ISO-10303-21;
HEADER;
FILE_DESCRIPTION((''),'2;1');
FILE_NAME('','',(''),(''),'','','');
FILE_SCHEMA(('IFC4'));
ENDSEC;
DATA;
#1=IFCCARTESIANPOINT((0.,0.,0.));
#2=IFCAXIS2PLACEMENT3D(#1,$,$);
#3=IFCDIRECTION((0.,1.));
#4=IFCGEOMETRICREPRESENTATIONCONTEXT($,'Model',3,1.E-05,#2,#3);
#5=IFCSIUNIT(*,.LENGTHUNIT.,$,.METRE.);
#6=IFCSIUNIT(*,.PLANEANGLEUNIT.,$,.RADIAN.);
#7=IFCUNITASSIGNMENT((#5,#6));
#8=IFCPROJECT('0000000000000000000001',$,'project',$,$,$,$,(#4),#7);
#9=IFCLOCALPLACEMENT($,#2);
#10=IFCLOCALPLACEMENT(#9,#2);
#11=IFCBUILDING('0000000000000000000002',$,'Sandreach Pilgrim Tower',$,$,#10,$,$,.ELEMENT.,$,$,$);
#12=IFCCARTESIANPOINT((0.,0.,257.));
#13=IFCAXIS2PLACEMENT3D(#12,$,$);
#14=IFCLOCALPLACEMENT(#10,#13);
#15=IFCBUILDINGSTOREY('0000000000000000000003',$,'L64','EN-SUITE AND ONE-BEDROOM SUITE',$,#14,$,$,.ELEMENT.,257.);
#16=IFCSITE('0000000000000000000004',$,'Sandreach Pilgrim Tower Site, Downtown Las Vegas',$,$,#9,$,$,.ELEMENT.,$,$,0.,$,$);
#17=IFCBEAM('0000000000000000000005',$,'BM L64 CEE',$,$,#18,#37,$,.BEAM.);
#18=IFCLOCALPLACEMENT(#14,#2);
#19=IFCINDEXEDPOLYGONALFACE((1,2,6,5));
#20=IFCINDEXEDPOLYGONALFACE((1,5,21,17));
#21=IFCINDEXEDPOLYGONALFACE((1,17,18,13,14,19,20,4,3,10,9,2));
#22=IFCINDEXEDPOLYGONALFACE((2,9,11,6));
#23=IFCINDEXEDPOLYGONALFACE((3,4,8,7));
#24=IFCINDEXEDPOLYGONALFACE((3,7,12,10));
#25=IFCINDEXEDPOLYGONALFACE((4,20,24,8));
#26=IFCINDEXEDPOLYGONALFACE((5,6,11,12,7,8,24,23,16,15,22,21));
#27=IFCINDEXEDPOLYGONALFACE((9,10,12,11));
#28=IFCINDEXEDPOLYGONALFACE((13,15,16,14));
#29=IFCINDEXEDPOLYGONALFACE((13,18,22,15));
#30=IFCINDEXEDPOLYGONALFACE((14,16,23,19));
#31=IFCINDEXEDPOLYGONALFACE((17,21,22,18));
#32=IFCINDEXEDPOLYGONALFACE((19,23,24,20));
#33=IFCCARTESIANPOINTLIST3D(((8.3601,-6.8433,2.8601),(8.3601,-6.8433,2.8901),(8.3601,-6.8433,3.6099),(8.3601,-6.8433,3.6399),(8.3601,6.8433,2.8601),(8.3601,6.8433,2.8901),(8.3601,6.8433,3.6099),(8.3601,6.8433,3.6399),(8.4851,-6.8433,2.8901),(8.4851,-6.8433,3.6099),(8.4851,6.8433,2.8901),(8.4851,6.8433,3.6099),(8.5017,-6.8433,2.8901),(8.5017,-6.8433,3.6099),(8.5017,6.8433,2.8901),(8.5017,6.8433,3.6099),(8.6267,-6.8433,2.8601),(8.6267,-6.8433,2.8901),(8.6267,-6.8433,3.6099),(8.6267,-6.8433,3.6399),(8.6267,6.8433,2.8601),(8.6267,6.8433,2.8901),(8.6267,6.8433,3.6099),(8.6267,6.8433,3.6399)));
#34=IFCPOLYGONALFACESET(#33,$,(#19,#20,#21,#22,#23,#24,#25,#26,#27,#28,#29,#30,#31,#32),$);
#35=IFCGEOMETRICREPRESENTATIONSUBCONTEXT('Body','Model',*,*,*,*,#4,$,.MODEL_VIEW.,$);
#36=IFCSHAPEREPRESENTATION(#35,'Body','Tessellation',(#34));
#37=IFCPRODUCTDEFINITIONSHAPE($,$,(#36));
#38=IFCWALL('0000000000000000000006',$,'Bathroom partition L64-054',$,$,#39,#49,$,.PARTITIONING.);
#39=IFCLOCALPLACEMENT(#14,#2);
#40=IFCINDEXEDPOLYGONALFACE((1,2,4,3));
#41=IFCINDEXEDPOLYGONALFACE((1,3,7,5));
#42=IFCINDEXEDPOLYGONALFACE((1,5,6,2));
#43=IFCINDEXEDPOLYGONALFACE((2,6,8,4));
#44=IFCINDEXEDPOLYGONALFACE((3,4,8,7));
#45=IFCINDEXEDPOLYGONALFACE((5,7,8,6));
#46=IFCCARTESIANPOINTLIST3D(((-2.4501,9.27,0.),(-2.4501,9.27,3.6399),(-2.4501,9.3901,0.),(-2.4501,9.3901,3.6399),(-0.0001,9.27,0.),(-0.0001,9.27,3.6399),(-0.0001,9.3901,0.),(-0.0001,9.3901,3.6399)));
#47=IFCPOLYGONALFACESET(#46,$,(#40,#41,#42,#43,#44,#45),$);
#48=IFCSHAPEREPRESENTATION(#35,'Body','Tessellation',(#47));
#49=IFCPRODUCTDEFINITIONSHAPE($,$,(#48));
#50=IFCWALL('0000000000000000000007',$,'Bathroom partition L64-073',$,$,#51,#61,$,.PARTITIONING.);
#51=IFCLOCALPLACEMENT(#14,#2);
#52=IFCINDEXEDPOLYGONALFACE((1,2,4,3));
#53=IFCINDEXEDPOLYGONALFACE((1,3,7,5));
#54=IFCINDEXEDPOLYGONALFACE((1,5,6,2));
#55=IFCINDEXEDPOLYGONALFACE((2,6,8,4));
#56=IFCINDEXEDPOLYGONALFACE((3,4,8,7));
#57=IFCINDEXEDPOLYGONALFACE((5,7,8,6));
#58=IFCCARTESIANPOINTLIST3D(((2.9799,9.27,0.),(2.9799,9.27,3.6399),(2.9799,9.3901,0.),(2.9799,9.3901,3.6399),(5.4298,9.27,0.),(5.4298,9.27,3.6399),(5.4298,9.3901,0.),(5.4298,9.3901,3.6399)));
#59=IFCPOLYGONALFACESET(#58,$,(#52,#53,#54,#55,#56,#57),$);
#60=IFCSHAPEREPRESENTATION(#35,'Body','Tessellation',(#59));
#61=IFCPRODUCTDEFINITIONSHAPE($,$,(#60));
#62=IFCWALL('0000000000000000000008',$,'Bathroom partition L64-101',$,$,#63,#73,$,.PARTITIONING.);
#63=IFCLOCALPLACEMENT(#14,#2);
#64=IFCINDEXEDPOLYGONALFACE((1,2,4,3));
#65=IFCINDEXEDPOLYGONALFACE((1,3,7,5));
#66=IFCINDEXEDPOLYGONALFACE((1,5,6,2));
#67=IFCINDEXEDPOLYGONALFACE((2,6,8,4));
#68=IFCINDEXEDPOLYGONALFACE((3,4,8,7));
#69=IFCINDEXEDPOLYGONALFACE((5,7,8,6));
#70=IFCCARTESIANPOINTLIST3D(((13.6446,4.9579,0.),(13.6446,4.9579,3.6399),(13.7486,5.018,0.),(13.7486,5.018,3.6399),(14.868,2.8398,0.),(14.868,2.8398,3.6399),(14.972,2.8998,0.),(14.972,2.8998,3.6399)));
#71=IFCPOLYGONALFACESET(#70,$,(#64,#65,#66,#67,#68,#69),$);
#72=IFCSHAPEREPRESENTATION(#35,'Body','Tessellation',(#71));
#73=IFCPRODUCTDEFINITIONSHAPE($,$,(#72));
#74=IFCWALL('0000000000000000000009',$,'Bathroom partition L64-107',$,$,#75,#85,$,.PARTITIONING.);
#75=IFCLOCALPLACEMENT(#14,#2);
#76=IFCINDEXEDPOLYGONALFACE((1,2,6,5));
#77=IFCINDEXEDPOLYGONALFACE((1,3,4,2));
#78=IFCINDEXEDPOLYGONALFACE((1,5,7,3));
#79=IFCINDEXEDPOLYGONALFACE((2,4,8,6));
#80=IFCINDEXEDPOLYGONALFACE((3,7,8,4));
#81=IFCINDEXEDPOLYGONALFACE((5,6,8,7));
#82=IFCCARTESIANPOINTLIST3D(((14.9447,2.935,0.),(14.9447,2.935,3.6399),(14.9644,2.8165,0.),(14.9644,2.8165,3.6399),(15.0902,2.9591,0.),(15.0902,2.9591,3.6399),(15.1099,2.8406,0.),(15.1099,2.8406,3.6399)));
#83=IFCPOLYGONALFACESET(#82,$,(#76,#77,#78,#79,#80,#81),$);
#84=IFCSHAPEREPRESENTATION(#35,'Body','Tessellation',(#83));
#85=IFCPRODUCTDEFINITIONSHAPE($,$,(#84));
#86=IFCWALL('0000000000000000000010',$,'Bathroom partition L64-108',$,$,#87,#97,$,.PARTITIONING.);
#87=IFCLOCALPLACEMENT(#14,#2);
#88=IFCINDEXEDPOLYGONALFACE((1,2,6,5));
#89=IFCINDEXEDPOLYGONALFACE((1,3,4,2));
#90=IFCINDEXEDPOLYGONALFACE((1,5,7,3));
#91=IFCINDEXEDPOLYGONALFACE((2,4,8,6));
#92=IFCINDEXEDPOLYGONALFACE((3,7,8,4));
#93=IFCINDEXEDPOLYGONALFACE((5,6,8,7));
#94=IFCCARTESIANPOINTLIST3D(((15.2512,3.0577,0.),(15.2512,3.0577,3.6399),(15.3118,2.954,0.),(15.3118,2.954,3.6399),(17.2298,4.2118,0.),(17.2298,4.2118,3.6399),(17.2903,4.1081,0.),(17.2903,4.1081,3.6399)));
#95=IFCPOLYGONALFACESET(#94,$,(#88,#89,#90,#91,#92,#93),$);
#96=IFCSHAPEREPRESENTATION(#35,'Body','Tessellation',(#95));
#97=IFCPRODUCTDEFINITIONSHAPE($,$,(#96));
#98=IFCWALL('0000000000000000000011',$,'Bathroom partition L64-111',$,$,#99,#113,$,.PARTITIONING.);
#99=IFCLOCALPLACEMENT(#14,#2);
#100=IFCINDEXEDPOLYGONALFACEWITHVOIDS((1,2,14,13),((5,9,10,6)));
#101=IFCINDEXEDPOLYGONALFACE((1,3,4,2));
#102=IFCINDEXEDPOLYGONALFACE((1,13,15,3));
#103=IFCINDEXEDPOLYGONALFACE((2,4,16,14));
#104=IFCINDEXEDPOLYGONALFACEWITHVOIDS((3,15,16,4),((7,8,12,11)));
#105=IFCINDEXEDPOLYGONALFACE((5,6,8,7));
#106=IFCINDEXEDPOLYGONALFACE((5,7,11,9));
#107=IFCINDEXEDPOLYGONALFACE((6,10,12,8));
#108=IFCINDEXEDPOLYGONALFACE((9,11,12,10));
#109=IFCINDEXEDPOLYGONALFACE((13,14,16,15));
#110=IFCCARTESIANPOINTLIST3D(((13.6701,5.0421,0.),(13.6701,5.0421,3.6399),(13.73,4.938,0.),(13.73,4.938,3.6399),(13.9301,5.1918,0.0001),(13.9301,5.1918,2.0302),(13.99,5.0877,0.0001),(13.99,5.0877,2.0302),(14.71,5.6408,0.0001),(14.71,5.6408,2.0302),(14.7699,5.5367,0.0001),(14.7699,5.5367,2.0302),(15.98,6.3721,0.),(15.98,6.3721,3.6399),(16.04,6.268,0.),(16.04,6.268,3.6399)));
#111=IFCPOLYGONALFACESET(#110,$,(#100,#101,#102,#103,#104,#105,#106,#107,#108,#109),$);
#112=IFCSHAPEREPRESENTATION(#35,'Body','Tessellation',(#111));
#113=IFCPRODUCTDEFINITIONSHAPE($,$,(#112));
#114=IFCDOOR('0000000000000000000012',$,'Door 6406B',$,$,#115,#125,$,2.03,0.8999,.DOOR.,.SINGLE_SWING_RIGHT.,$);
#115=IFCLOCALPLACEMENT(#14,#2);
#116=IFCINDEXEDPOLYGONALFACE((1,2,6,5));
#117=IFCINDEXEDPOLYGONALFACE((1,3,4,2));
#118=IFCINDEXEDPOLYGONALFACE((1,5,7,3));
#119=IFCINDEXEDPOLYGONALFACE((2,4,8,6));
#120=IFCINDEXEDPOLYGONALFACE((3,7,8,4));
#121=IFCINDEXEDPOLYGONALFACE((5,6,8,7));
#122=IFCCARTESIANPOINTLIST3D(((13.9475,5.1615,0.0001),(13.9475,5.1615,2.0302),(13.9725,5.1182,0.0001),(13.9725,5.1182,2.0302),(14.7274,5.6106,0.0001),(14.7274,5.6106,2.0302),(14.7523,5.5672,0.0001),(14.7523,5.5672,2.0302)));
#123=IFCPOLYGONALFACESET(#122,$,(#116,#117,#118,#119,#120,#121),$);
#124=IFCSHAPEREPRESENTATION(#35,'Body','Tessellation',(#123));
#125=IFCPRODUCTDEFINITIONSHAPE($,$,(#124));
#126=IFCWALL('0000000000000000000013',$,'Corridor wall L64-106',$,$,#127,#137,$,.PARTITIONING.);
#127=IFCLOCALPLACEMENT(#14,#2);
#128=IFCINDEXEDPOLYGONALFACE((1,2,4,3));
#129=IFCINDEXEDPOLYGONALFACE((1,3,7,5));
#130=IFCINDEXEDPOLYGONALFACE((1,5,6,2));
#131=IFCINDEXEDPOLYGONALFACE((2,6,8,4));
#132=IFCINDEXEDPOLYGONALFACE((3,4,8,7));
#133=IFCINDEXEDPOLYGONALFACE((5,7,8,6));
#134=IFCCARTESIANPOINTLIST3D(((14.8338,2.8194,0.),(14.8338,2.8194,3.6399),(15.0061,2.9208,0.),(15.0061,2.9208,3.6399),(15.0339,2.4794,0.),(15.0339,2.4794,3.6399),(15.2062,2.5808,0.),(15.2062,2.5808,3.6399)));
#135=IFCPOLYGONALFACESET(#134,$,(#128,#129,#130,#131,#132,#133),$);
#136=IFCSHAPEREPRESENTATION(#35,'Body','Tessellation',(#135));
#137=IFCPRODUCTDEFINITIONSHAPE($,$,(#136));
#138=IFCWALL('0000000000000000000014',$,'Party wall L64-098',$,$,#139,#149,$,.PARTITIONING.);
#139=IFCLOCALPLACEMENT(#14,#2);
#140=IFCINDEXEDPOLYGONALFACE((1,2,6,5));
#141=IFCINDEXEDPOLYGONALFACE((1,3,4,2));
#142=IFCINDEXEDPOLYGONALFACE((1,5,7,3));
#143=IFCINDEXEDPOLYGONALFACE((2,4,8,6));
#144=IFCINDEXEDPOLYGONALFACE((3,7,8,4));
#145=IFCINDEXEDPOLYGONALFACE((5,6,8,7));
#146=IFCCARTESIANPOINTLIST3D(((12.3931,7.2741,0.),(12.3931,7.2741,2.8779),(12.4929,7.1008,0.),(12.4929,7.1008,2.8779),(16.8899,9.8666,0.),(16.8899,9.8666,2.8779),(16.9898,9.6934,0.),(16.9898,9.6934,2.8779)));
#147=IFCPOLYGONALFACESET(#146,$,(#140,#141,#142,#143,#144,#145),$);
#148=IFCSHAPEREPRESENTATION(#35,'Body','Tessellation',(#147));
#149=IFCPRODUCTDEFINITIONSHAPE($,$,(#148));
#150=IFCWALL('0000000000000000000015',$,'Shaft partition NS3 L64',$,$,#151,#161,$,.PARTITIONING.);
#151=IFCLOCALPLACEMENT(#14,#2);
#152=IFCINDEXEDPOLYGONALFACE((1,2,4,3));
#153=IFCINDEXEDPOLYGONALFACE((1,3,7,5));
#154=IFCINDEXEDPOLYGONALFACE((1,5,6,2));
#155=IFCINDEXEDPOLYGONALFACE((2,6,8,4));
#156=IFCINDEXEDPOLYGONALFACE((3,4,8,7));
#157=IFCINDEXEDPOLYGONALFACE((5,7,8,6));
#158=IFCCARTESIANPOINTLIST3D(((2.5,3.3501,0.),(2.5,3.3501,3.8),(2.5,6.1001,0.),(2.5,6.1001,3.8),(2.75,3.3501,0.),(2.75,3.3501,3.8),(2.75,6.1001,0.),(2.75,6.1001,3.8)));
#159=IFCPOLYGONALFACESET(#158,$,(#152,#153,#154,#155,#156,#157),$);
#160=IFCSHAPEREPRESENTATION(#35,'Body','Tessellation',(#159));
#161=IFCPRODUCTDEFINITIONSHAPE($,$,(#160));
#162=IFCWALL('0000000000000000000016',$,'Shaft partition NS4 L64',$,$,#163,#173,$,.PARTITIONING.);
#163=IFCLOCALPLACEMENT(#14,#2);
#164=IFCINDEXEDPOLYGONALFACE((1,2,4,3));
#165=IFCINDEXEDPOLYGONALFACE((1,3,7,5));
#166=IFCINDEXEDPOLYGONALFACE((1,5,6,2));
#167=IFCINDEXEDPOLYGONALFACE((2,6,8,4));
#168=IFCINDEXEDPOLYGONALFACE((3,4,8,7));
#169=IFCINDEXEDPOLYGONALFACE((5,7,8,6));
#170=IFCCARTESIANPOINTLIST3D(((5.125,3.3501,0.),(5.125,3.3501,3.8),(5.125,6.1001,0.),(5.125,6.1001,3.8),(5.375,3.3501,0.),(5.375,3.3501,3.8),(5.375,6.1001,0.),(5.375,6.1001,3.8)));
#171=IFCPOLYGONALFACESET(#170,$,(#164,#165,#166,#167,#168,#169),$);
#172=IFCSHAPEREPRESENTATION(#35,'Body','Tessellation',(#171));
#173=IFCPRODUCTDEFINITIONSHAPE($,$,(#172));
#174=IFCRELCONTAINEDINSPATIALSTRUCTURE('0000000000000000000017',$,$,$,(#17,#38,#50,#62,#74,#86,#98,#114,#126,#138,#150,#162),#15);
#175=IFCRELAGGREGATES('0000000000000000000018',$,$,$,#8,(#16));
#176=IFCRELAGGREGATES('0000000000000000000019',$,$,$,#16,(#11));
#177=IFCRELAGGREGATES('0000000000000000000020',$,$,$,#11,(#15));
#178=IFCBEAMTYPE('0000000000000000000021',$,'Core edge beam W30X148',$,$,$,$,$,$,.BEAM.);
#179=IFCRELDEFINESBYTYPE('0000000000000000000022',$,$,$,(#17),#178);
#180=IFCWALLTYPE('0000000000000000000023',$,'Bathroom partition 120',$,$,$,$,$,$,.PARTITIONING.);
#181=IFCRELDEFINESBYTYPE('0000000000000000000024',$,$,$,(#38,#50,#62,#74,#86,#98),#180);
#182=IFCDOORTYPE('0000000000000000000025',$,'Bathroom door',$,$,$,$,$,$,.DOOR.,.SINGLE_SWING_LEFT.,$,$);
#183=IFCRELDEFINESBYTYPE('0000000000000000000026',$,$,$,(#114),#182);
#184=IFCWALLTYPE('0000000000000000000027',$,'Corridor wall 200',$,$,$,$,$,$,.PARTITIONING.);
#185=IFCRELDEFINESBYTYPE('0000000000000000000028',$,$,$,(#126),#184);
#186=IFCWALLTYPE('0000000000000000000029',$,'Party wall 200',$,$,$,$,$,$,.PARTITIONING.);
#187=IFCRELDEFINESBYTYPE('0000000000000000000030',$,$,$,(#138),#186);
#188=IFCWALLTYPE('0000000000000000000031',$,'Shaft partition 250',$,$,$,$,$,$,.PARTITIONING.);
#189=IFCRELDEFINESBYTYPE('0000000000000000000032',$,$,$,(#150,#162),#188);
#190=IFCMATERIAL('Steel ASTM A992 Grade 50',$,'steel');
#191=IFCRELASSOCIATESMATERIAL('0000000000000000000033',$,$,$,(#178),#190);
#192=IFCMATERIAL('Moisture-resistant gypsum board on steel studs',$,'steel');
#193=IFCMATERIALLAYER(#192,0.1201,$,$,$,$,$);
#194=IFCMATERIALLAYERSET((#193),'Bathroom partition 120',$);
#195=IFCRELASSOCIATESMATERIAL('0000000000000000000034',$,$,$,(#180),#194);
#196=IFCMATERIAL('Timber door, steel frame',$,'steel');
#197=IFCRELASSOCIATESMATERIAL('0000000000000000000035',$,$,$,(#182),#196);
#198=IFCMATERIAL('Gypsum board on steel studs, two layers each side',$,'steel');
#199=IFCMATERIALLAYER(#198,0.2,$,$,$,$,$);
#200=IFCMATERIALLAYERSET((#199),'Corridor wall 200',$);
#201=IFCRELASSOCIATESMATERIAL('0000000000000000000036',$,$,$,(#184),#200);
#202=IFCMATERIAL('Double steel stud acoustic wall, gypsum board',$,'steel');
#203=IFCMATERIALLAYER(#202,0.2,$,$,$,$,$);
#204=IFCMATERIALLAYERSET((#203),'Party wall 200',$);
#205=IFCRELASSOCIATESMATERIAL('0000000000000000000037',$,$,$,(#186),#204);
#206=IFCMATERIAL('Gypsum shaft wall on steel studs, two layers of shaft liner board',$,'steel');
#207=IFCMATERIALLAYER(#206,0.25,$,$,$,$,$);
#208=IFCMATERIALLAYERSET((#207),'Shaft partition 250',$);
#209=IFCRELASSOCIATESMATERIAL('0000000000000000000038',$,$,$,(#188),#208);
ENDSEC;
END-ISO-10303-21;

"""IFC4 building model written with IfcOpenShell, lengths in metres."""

from ifc_helpers import new_model, si_unit, direction, frame, frame_2d, origin, origin_2d, place, context, subcontext, project, spatial, rectangle, i_section, extrude, material, layer, layer_set, material_profile, profile_set, type_object, element, fill, save


model = new_model("IFC4")

# Units and contexts
model_context = context("Model", 3, precision=1e-05, world=origin(), true_north=direction((0.0, 1.0)))
body_context = subcontext(model_context, "Body", "Model", "MODEL_VIEW")
ifc_project = project(units=[si_unit("LENGTHUNIT", "METRE"), si_unit("PLANEANGLEUNIT", "RADIAN")], contexts=[model_context])

# Site, building, storey
site_placement = place(None, origin())
site = spatial("IfcSite", under=ifc_project, at=site_placement, Name="Sandreach Pilgrim Tower Site, Downtown Las Vegas", CompositionType="ELEMENT", RefElevation=0.0)
building_placement = place(site_placement, origin())
building = spatial("IfcBuilding", under=site, at=building_placement, Name="Sandreach Pilgrim Tower", CompositionType="ELEMENT")
storey_placement = place(building_placement, frame((0.0, 0.0, 257.0)))
storey = spatial("IfcBuildingStorey", under=building, at=storey_placement, Name="L64", Description="EN-SUITE AND ONE-BEDROOM SUITE", CompositionType="ELEMENT", Elevation=257.0)

# Beam
ifc_material_1 = material(Name="Steel ASTM A992 Grade 50", Category="steel")
ifc_material_profile = material_profile(ifc_material_1, i_section(OverallWidth=0.2666, OverallDepth=0.7798, WebThickness=0.0166, FlangeThickness=0.03, at=origin_2d()), Name="W30X148")
ifc_profile_set = profile_set([ifc_material_profile], Name="Steel ASTM A992 Grade 50")
beam_type = type_object("IfcBeamType", Name="Core edge beam W30X148", PredefinedType="BEAM", material=ifc_profile_set)
beam_placement = place(storey_placement, frame((8.4934, 6.8433, 3.25), z_axis=(0.0, -1.0, 0.0), x_axis=(1.0, 0.0, 0.0)))
element("IfcBeam", 1, at=beam_placement, inside=storey, type_object=beam_type, Name="BM L64 CEE", PredefinedType="BEAM", context=body_context, shape_type="SweptSolid", body=[
    extrude(i_section(OverallWidth=0.2666, OverallDepth=0.7798, WebThickness=0.0166, FlangeThickness=0.03, at=origin_2d()), origin(), (0.0, 0.0, 1.0), 13.6865),
])

# Walls
ifc_material_2 = material(Name="Moisture-resistant gypsum board on steel studs", Category="steel")
ifc_layer_1 = layer(ifc_material_2, 0.1201)
ifc_layer_set_1 = layer_set([ifc_layer_1], Name="Bathroom partition 120")
wall_type_1 = type_object("IfcWallType", Name="Bathroom partition 120", PredefinedType="PARTITIONING", material=ifc_layer_set_1)
for number, where, z_axis, x_axis, name in (
    (2, (0.0, 9.3301, 0.0), (0.0, 0.0, 1.0), (-1.0, 0.0, 0.0), "Bathroom partition L64-054"),
    (3, (5.4299, 9.3301, 0.0), (0.0, 0.0, 1.0), (-1.0, 0.0, 0.0), "Bathroom partition L64-073"),
):
    element("IfcWall", number, at=place(storey_placement, frame(where, z_axis=z_axis, x_axis=x_axis)), inside=storey, type_object=wall_type_1, Name=name, PredefinedType="PARTITIONING", context=body_context, shape_type="SweptSolid", body=[
        extrude(rectangle(XDim=2.45, YDim=0.1201, at=frame_2d((1.2251, 0.0))), origin(), (0.0, 0.0, 1.0), 3.6399),
    ])
wall_1_placement = place(storey_placement, frame((13.6965, 4.988, 0.0), z_axis=(0.0, 0.0, 1.0), x_axis=(0.500143, -0.865943, 0.0)))
element("IfcWall", 4, at=wall_1_placement, inside=storey, type_object=wall_type_1, Name="Bathroom partition L64-101", PredefinedType="PARTITIONING", context=body_context, shape_type="SweptSolid", body=[
    extrude(rectangle(XDim=2.446, YDim=0.1201, at=frame_2d((1.2231, 0.0))), origin(), (0.0, 0.0, 1.0), 3.6399),
])
wall_2_placement = place(storey_placement, frame((14.9546, 2.8757, 0.0), z_axis=(0.0, 0.0, 1.0), x_axis=(0.986483, 0.163862, 0.0)))
element("IfcWall", 5, at=wall_2_placement, inside=storey, type_object=wall_type_1, Name="Bathroom partition L64-107", PredefinedType="PARTITIONING", context=body_context, shape_type="SweptSolid", body=[
    extrude(rectangle(XDim=0.1475, YDim=0.1201, at=frame_2d((0.0737, 0.0))), origin(), (0.0, 0.0, 1.0), 3.6399),
])
wall_3_placement = place(storey_placement, frame((15.2815, 3.0059, 0.0), z_axis=(0.0, 0.0, 1.0), x_axis=(0.863794, 0.503845, 0.0)))
element("IfcWall", 6, at=wall_3_placement, inside=storey, type_object=wall_type_1, Name="Bathroom partition L64-108", PredefinedType="PARTITIONING", context=body_context, shape_type="SweptSolid", body=[
    extrude(rectangle(XDim=2.2905, YDim=0.1201, at=frame_2d((1.1453, 0.0))), origin(), (0.0, 0.0, 1.0), 3.6399),
])

# Wall, opening, door
wall_4_placement = place(storey_placement, frame((16.01, 6.3201, 0.0), z_axis=(0.0, 0.0, 1.0), x_axis=(-0.866615, -0.498977, 0.0)))
wall_4 = element("IfcWall", 7, at=wall_4_placement, inside=storey, type_object=wall_type_1, Name="Bathroom partition L64-111", PredefinedType="PARTITIONING", context=body_context, shape_type="SweptSolid", body=[
    extrude(rectangle(XDim=2.6655, YDim=0.1201, at=frame_2d((1.3328, 0.0))), origin(), (0.0, 0.0, 1.0), 3.6399),
])
opening_1_placement = place(wall_4_placement, frame((1.4656, 0.0, 0.0)))
opening_1 = element("IfcOpeningElement", 8, at=opening_1_placement, cuts=wall_4, PredefinedType="OPENING", context=body_context, shape_type="SweptSolid", body=[
    extrude(rectangle(XDim=0.8999, YDim=2.03, at=frame_2d((0.45, 1.0151))), frame((0.0, 0.0601, 0.0), z_axis=(0.0, -1.0, 0.0), x_axis=(1.0, 0.0, 0.0)), (0.0, 0.0, 1.0), 0.1201),
])
ifc_material_3 = material(Name="Timber door, steel frame", Category="steel")
door_type_1 = type_object("IfcDoorType", Name="Bathroom door", OperationType="SINGLE_SWING_LEFT", PredefinedType="DOOR", material=ifc_material_3)
door_1_placement = place(opening_1_placement, origin())
door_1 = element("IfcDoor", 9, at=door_1_placement, inside=storey, type_object=door_type_1, Name="Door 6406B", OperationType="SINGLE_SWING_RIGHT", OverallHeight=2.03, OverallWidth=0.8999, PredefinedType="DOOR", context=body_context, shape_type="SweptSolid", body=[
    extrude(rectangle(XDim=0.8999, YDim=2.03, at=frame_2d((0.45, 1.0151))), frame((0.0, 0.0249, 0.0), z_axis=(0.0, -1.0, 0.0), x_axis=(1.0, 0.0, 0.0)), (0.0, 0.0, 1.0), 0.05),
])
fill(opening_1, door_1)
ifc_material_4 = material(Name="Gypsum board on steel studs, two layers each side", Category="steel")
ifc_layer_2 = layer(ifc_material_4, 0.2)
ifc_layer_set_2 = layer_set([ifc_layer_2], Name="Corridor wall 200")
wall_type_2 = type_object("IfcWallType", Name="Corridor wall 200", PredefinedType="PARTITIONING", material=ifc_layer_set_2)

# Walls
wall_5_placement = place(storey_placement, frame((14.9199, 2.8701, 0.0), z_axis=(0.0, 0.0, 1.0), x_axis=(0.50729, -0.861775, 0.0)))
element("IfcWall", 10, at=wall_5_placement, inside=storey, type_object=wall_type_2, Name="Corridor wall L64-106", PredefinedType="PARTITIONING", context=body_context, shape_type="SweptSolid", body=[
    extrude(rectangle(XDim=0.3945, YDim=0.2, at=frame_2d((0.1973, 0.0))), origin(), (0.0, 0.0, 1.0), 3.6399),
])
ifc_material_5 = material(Name="Double steel stud acoustic wall, gypsum board", Category="steel")
ifc_layer_3 = layer(ifc_material_5, 0.2)
ifc_layer_set_3 = layer_set([ifc_layer_3], Name="Party wall 200")
wall_type_3 = type_object("IfcWallType", Name="Party wall 200", PredefinedType="PARTITIONING", material=ifc_layer_set_3)
wall_6_placement = place(storey_placement, frame((12.4431, 7.1875, 0.0), z_axis=(0.0, 0.0, 1.0), x_axis=(0.866335, 0.499463, 0.0)))
element("IfcWall", 11, at=wall_6_placement, inside=storey, type_object=wall_type_3, Name="Party wall L64-098", PredefinedType="PARTITIONING", context=body_context, shape_type="SweptSolid", body=[
    extrude(rectangle(XDim=5.1907, YDim=0.2, at=frame_2d((2.5952, 0.0))), origin(), (0.0, 0.0, 1.0), 2.8779),
])
ifc_material_6 = material(Name="Gypsum shaft wall on steel studs, two layers of shaft liner board", Category="steel")
ifc_layer_4 = layer(ifc_material_6, 0.25)
ifc_layer_set_4 = layer_set([ifc_layer_4], Name="Shaft partition 250")
wall_type_4 = type_object("IfcWallType", Name="Shaft partition 250", PredefinedType="PARTITIONING", material=ifc_layer_set_4)
for number, where, z_axis, x_axis, name in (
    (12, (2.625, 3.3501, 0.0), (0.0, 0.0, 1.0), (0.0, 1.0, 0.0), "Shaft partition NS3 L64"),
    (13, (5.25, 3.3501, 0.0), (0.0, 0.0, 1.0), (0.0, 1.0, 0.0), "Shaft partition NS4 L64"),
):
    element("IfcWall", number, at=place(storey_placement, frame(where, z_axis=z_axis, x_axis=x_axis)), inside=storey, type_object=wall_type_4, Name=name, PredefinedType="PARTITIONING", context=body_context, shape_type="SweptSolid", body=[
        extrude(rectangle(XDim=2.75, YDim=0.25, at=frame_2d((1.375, 0.0))), origin(), (0.0, 0.0, 1.0), 3.8),
    ])

save(model, "model.ifc")
